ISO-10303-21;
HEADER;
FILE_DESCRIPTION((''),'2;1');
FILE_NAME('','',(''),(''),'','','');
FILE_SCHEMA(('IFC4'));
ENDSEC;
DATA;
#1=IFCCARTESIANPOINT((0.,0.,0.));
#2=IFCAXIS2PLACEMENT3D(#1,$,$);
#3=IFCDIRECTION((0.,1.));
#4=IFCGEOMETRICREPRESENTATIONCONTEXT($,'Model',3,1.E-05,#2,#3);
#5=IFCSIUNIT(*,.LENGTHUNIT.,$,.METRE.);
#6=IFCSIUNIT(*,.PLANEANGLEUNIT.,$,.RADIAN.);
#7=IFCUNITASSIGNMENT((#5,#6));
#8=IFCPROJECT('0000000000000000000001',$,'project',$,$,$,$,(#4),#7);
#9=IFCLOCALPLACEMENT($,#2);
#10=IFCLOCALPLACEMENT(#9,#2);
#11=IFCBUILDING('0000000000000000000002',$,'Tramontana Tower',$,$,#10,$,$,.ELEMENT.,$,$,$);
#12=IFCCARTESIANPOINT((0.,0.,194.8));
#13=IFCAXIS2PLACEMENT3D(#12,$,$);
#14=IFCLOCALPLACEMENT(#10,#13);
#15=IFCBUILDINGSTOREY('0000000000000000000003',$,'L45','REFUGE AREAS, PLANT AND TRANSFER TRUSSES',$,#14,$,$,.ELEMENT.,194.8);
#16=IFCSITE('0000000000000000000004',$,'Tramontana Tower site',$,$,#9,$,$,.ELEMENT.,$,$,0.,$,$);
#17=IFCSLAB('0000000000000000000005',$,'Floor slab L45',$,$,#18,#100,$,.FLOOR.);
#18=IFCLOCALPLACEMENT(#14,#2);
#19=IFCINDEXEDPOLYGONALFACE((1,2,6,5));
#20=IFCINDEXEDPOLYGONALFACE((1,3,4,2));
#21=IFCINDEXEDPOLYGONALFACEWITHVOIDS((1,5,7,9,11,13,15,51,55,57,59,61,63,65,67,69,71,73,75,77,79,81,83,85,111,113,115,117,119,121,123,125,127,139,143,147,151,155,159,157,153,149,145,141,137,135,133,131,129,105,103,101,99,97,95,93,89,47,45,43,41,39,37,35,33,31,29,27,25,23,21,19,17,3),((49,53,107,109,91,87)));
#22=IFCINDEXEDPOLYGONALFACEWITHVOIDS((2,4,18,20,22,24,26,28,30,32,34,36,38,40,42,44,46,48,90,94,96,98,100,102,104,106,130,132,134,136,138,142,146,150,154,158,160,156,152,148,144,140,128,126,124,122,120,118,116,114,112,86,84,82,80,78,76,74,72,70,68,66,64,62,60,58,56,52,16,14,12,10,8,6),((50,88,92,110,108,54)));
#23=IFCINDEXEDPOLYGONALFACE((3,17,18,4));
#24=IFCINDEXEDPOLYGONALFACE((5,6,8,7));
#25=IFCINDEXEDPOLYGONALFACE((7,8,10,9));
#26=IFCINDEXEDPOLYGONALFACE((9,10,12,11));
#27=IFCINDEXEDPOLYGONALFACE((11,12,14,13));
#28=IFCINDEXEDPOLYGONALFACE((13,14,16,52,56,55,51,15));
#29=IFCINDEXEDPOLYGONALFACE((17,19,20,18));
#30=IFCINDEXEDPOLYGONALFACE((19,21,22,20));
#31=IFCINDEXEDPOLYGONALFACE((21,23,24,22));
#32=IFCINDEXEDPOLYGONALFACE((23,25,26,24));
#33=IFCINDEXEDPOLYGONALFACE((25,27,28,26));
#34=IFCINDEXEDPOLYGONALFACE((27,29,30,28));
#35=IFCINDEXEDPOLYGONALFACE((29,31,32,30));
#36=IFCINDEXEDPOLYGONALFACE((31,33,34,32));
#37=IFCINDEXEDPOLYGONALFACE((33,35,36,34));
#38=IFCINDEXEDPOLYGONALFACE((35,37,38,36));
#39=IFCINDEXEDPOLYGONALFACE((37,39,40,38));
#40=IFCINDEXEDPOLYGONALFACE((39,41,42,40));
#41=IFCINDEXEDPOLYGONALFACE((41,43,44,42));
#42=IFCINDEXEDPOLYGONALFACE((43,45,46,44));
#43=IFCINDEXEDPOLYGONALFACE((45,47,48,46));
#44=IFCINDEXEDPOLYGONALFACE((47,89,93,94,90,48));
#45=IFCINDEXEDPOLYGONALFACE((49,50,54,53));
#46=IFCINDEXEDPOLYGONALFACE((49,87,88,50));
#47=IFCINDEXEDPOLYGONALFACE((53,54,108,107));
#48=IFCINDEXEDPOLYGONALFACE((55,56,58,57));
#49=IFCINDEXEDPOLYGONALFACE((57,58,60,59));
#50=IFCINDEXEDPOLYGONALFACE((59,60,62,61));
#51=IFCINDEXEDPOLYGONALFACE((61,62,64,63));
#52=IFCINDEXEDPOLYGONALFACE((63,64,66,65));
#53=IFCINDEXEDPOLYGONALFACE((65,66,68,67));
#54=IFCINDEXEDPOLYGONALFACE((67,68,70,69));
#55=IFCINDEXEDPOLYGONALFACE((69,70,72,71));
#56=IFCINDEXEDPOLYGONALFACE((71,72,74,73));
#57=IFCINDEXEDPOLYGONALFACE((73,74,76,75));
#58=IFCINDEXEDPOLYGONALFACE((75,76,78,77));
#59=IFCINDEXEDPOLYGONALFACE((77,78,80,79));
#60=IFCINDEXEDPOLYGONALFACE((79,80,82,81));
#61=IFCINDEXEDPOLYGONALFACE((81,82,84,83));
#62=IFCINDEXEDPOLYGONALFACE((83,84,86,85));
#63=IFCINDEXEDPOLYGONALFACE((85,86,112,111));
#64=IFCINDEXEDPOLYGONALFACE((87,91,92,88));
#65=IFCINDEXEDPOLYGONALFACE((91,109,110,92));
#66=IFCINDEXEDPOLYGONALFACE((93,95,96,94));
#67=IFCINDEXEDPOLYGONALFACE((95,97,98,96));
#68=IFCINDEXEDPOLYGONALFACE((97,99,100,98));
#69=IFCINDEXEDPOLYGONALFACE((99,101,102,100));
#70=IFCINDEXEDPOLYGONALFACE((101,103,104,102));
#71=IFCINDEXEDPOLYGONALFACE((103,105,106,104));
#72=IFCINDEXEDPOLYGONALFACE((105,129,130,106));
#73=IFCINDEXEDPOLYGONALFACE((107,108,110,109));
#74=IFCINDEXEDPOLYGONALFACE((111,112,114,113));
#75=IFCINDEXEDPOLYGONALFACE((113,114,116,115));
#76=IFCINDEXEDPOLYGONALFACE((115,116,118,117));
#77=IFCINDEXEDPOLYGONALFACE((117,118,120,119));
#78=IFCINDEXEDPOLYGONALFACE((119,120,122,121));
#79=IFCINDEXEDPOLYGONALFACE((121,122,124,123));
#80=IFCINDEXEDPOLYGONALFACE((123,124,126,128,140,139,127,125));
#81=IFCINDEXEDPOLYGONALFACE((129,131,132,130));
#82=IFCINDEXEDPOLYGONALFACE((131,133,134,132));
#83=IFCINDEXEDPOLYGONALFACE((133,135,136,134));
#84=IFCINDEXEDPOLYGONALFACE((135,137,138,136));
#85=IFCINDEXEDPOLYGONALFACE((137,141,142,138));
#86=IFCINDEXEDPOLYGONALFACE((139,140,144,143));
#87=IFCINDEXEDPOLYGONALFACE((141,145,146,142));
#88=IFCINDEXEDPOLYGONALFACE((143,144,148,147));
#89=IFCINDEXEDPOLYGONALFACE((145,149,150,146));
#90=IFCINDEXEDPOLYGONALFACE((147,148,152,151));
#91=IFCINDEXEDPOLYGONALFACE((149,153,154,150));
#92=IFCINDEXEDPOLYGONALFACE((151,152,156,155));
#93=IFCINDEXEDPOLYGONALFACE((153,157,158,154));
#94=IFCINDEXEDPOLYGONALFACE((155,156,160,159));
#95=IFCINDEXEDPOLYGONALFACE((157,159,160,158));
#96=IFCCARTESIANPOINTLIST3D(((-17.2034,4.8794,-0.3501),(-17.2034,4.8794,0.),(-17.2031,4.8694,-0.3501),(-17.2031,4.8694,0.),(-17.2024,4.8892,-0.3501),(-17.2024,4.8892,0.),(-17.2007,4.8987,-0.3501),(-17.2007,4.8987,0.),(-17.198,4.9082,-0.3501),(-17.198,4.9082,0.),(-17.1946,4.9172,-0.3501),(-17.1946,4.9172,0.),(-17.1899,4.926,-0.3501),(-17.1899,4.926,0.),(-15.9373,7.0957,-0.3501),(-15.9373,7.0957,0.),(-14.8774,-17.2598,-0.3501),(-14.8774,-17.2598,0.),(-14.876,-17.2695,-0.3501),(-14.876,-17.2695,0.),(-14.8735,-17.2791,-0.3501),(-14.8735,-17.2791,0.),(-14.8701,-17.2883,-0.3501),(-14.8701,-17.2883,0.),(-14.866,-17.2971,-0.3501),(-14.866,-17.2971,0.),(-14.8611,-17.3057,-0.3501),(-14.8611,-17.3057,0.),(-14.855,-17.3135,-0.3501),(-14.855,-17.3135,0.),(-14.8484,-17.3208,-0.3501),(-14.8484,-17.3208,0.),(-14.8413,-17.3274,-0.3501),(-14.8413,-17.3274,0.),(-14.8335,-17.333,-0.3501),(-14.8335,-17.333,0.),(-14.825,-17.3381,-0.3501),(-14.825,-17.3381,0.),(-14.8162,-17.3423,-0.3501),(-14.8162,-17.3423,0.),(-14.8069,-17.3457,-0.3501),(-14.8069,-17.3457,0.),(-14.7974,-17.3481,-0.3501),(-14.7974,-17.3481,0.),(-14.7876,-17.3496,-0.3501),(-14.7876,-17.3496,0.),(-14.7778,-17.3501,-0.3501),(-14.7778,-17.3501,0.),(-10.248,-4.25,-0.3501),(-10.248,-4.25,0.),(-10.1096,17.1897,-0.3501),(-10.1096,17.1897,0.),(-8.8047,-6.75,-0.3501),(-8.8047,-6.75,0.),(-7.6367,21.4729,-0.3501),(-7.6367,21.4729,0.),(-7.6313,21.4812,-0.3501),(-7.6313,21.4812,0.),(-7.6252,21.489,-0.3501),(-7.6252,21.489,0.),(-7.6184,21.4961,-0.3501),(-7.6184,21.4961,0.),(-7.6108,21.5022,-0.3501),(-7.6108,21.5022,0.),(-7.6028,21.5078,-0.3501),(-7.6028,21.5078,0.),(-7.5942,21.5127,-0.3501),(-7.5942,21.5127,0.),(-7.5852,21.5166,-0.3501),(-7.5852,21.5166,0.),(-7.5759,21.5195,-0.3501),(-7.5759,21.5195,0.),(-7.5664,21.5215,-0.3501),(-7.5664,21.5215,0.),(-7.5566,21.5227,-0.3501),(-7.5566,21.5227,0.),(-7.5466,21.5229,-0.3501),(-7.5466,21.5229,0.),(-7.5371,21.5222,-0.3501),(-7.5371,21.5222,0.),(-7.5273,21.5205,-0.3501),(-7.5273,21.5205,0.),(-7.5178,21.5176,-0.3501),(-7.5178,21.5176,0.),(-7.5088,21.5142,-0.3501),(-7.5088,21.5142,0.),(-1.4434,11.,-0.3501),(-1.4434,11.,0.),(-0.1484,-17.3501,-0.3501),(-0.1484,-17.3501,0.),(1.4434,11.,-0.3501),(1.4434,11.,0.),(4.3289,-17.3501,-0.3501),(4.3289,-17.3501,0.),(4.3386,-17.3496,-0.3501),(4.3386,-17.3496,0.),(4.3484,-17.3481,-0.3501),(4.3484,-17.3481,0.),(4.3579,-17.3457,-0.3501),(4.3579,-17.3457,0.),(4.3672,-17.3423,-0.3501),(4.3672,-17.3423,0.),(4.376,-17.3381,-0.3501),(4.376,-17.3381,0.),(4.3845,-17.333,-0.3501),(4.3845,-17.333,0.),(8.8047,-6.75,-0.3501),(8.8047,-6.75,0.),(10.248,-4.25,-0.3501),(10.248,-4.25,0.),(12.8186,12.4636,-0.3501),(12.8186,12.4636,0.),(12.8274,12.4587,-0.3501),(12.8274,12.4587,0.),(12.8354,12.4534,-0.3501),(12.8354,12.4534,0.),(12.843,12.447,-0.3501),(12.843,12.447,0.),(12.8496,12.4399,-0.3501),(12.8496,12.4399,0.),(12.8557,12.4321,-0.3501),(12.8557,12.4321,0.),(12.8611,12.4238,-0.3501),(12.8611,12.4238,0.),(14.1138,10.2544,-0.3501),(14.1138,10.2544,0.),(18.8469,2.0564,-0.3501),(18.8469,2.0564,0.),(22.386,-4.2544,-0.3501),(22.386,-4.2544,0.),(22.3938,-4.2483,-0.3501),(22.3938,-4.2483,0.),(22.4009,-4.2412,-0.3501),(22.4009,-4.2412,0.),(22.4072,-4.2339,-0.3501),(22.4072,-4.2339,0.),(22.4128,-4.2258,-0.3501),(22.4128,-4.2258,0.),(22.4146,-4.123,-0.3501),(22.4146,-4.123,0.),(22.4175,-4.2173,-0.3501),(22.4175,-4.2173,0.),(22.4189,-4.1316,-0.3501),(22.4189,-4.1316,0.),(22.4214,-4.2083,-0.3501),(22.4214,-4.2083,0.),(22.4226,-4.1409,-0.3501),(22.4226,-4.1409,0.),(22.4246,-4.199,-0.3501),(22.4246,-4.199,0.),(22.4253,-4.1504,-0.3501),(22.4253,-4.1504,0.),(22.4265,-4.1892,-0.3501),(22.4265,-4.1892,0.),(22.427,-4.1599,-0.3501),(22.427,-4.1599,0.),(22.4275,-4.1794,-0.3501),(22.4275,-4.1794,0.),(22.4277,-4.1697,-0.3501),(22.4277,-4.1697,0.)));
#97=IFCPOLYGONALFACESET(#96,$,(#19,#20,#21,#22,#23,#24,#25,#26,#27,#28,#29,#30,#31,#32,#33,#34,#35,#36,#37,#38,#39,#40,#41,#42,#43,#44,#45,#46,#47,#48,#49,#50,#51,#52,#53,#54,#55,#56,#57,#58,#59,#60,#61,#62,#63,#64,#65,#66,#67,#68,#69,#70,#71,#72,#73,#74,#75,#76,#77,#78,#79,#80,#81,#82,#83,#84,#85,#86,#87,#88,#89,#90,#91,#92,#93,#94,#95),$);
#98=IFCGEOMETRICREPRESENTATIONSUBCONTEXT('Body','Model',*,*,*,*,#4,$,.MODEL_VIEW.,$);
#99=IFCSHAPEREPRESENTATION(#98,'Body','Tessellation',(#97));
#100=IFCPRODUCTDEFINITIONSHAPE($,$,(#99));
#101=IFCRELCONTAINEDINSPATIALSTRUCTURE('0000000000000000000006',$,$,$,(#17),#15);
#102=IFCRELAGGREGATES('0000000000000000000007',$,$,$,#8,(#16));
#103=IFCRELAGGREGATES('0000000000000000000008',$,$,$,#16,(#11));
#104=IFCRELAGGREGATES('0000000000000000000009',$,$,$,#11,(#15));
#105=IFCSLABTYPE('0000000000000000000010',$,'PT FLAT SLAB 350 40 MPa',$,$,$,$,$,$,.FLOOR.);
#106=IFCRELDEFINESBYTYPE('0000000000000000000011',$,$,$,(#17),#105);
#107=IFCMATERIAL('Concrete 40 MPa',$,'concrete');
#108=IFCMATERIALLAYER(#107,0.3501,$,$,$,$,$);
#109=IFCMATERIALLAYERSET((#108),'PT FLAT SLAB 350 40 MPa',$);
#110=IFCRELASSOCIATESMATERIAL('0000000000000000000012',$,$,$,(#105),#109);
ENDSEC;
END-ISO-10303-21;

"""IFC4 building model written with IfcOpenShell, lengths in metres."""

from ifc_helpers import new_model, si_unit, direction, frame, origin, place, context, subcontext, project, spatial, polyline, outline, extrude, material, layer, layer_set, type_object, element, save


model = new_model("IFC4")

# Units and contexts
model_context = context("Model", 3, precision=1e-05, world=origin(), true_north=direction((0.0, 1.0)))
body_context = subcontext(model_context, "Body", "Model", "MODEL_VIEW")
ifc_project = project(units=[si_unit("LENGTHUNIT", "METRE"), si_unit("PLANEANGLEUNIT", "RADIAN")], contexts=[model_context])

# Site, building, storey
site_placement = place(None, origin())
site = spatial("IfcSite", under=ifc_project, at=site_placement, Name="Tramontana Tower site", CompositionType="ELEMENT", RefElevation=0.0)
building_placement = place(site_placement, origin())
building = spatial("IfcBuilding", under=site, at=building_placement, Name="Tramontana Tower", CompositionType="ELEMENT")
storey_placement = place(building_placement, frame((0.0, 0.0, 194.8)))
storey = spatial("IfcBuildingStorey", under=building, at=storey_placement, Name="L45", Description="REFUGE AREAS, PLANT AND TRANSFER TRUSSES", CompositionType="ELEMENT", Elevation=194.8)

# Slab
ifc_material_1 = material(Name="Concrete 40 MPa", Category="concrete")
ifc_layer_1 = layer(ifc_material_1, 0.3501)
ifc_layer_set_1 = layer_set([ifc_layer_1], Name="PT FLAT SLAB 350 40 MPa")
slab_type_1 = type_object("IfcSlabType", Name="PT FLAT SLAB 350 40 MPa", PredefinedType="FLOOR", material=ifc_layer_set_1)
slab_1_placement = place(storey_placement, frame((0.0, 0.0, -0.3501)))
element("IfcSlab", 1, at=slab_1_placement, inside=storey, type_object=slab_type_1, Name="Floor slab L45", PredefinedType="FLOOR", context=body_context, shape_type="SweptSolid", body=[
    extrude(outline(polyline([(-14.7778, -17.3501), (-14.7876, -17.3496), (-14.7974, -17.3481), (-14.8069, -17.3457), (-14.8162, -17.3423), (-14.825, -17.3381), (-14.8335, -17.333), (-14.8413, -17.3274), (-14.8484, -17.3208), (-14.855, -17.3135), (-14.8611, -17.3057), (-14.866, -17.2971), (-14.8701, -17.2883), (-14.8735, -17.2791), (-14.876, -17.2695), (-14.8774, -17.2598), (-17.2031, 4.8694), (-17.2034, 4.8794), (-17.2024, 4.8892), (-17.2007, 4.8987), (-17.198, 4.9082), (-17.1946, 4.9172), (-17.1899, 4.926), (-15.9373, 7.0957), (-10.1096, 17.1897), (-7.6367, 21.4729), (-7.6313, 21.4812), (-7.6252, 21.489), (-7.6184, 21.4961), (-7.6108, 21.5022), (-7.6028, 21.5078), (-7.5942, 21.5127), (-7.5852, 21.5166), (-7.5759, 21.5195), (-7.5664, 21.5215), (-7.5566, 21.5227), (-7.5466, 21.5229), (-7.5371, 21.5222), (-7.5273, 21.5205), (-7.5178, 21.5176), (-7.5088, 21.5142), (12.8186, 12.4636), (12.8274, 12.4587), (12.8354, 12.4534), (12.843, 12.447), (12.8496, 12.4399), (12.8557, 12.4321), (12.8611, 12.4238), (14.1138, 10.2544), (18.8469, 2.0564), (22.4146, -4.123), (22.4189, -4.1316), (22.4226, -4.1409), (22.4253, -4.1504), (22.427, -4.1599), (22.4277, -4.1697), (22.4275, -4.1794), (22.4265, -4.1892), (22.4246, -4.199), (22.4214, -4.2083), (22.4175, -4.2173), (22.4128, -4.2258), (22.4072, -4.2339), (22.4009, -4.2412), (22.3938, -4.2483), (22.386, -4.2544), (4.3845, -17.333), (4.376, -17.3381), (4.3672, -17.3423), (4.3579, -17.3457), (4.3484, -17.3481), (4.3386, -17.3496), (4.3289, -17.3501), (-0.1484, -17.3501), (-14.7778, -17.3501)]), holes=[polyline([(-8.8047, -6.75), (8.8047, -6.75), (10.248, -4.25), (1.4434, 11.0), (-1.4434, 11.0), (-10.248, -4.25), (-8.8047, -6.75)])]), origin(), (0.0, 0.0, 1.0), 0.3501),
])

save(model, "model.ifc")
